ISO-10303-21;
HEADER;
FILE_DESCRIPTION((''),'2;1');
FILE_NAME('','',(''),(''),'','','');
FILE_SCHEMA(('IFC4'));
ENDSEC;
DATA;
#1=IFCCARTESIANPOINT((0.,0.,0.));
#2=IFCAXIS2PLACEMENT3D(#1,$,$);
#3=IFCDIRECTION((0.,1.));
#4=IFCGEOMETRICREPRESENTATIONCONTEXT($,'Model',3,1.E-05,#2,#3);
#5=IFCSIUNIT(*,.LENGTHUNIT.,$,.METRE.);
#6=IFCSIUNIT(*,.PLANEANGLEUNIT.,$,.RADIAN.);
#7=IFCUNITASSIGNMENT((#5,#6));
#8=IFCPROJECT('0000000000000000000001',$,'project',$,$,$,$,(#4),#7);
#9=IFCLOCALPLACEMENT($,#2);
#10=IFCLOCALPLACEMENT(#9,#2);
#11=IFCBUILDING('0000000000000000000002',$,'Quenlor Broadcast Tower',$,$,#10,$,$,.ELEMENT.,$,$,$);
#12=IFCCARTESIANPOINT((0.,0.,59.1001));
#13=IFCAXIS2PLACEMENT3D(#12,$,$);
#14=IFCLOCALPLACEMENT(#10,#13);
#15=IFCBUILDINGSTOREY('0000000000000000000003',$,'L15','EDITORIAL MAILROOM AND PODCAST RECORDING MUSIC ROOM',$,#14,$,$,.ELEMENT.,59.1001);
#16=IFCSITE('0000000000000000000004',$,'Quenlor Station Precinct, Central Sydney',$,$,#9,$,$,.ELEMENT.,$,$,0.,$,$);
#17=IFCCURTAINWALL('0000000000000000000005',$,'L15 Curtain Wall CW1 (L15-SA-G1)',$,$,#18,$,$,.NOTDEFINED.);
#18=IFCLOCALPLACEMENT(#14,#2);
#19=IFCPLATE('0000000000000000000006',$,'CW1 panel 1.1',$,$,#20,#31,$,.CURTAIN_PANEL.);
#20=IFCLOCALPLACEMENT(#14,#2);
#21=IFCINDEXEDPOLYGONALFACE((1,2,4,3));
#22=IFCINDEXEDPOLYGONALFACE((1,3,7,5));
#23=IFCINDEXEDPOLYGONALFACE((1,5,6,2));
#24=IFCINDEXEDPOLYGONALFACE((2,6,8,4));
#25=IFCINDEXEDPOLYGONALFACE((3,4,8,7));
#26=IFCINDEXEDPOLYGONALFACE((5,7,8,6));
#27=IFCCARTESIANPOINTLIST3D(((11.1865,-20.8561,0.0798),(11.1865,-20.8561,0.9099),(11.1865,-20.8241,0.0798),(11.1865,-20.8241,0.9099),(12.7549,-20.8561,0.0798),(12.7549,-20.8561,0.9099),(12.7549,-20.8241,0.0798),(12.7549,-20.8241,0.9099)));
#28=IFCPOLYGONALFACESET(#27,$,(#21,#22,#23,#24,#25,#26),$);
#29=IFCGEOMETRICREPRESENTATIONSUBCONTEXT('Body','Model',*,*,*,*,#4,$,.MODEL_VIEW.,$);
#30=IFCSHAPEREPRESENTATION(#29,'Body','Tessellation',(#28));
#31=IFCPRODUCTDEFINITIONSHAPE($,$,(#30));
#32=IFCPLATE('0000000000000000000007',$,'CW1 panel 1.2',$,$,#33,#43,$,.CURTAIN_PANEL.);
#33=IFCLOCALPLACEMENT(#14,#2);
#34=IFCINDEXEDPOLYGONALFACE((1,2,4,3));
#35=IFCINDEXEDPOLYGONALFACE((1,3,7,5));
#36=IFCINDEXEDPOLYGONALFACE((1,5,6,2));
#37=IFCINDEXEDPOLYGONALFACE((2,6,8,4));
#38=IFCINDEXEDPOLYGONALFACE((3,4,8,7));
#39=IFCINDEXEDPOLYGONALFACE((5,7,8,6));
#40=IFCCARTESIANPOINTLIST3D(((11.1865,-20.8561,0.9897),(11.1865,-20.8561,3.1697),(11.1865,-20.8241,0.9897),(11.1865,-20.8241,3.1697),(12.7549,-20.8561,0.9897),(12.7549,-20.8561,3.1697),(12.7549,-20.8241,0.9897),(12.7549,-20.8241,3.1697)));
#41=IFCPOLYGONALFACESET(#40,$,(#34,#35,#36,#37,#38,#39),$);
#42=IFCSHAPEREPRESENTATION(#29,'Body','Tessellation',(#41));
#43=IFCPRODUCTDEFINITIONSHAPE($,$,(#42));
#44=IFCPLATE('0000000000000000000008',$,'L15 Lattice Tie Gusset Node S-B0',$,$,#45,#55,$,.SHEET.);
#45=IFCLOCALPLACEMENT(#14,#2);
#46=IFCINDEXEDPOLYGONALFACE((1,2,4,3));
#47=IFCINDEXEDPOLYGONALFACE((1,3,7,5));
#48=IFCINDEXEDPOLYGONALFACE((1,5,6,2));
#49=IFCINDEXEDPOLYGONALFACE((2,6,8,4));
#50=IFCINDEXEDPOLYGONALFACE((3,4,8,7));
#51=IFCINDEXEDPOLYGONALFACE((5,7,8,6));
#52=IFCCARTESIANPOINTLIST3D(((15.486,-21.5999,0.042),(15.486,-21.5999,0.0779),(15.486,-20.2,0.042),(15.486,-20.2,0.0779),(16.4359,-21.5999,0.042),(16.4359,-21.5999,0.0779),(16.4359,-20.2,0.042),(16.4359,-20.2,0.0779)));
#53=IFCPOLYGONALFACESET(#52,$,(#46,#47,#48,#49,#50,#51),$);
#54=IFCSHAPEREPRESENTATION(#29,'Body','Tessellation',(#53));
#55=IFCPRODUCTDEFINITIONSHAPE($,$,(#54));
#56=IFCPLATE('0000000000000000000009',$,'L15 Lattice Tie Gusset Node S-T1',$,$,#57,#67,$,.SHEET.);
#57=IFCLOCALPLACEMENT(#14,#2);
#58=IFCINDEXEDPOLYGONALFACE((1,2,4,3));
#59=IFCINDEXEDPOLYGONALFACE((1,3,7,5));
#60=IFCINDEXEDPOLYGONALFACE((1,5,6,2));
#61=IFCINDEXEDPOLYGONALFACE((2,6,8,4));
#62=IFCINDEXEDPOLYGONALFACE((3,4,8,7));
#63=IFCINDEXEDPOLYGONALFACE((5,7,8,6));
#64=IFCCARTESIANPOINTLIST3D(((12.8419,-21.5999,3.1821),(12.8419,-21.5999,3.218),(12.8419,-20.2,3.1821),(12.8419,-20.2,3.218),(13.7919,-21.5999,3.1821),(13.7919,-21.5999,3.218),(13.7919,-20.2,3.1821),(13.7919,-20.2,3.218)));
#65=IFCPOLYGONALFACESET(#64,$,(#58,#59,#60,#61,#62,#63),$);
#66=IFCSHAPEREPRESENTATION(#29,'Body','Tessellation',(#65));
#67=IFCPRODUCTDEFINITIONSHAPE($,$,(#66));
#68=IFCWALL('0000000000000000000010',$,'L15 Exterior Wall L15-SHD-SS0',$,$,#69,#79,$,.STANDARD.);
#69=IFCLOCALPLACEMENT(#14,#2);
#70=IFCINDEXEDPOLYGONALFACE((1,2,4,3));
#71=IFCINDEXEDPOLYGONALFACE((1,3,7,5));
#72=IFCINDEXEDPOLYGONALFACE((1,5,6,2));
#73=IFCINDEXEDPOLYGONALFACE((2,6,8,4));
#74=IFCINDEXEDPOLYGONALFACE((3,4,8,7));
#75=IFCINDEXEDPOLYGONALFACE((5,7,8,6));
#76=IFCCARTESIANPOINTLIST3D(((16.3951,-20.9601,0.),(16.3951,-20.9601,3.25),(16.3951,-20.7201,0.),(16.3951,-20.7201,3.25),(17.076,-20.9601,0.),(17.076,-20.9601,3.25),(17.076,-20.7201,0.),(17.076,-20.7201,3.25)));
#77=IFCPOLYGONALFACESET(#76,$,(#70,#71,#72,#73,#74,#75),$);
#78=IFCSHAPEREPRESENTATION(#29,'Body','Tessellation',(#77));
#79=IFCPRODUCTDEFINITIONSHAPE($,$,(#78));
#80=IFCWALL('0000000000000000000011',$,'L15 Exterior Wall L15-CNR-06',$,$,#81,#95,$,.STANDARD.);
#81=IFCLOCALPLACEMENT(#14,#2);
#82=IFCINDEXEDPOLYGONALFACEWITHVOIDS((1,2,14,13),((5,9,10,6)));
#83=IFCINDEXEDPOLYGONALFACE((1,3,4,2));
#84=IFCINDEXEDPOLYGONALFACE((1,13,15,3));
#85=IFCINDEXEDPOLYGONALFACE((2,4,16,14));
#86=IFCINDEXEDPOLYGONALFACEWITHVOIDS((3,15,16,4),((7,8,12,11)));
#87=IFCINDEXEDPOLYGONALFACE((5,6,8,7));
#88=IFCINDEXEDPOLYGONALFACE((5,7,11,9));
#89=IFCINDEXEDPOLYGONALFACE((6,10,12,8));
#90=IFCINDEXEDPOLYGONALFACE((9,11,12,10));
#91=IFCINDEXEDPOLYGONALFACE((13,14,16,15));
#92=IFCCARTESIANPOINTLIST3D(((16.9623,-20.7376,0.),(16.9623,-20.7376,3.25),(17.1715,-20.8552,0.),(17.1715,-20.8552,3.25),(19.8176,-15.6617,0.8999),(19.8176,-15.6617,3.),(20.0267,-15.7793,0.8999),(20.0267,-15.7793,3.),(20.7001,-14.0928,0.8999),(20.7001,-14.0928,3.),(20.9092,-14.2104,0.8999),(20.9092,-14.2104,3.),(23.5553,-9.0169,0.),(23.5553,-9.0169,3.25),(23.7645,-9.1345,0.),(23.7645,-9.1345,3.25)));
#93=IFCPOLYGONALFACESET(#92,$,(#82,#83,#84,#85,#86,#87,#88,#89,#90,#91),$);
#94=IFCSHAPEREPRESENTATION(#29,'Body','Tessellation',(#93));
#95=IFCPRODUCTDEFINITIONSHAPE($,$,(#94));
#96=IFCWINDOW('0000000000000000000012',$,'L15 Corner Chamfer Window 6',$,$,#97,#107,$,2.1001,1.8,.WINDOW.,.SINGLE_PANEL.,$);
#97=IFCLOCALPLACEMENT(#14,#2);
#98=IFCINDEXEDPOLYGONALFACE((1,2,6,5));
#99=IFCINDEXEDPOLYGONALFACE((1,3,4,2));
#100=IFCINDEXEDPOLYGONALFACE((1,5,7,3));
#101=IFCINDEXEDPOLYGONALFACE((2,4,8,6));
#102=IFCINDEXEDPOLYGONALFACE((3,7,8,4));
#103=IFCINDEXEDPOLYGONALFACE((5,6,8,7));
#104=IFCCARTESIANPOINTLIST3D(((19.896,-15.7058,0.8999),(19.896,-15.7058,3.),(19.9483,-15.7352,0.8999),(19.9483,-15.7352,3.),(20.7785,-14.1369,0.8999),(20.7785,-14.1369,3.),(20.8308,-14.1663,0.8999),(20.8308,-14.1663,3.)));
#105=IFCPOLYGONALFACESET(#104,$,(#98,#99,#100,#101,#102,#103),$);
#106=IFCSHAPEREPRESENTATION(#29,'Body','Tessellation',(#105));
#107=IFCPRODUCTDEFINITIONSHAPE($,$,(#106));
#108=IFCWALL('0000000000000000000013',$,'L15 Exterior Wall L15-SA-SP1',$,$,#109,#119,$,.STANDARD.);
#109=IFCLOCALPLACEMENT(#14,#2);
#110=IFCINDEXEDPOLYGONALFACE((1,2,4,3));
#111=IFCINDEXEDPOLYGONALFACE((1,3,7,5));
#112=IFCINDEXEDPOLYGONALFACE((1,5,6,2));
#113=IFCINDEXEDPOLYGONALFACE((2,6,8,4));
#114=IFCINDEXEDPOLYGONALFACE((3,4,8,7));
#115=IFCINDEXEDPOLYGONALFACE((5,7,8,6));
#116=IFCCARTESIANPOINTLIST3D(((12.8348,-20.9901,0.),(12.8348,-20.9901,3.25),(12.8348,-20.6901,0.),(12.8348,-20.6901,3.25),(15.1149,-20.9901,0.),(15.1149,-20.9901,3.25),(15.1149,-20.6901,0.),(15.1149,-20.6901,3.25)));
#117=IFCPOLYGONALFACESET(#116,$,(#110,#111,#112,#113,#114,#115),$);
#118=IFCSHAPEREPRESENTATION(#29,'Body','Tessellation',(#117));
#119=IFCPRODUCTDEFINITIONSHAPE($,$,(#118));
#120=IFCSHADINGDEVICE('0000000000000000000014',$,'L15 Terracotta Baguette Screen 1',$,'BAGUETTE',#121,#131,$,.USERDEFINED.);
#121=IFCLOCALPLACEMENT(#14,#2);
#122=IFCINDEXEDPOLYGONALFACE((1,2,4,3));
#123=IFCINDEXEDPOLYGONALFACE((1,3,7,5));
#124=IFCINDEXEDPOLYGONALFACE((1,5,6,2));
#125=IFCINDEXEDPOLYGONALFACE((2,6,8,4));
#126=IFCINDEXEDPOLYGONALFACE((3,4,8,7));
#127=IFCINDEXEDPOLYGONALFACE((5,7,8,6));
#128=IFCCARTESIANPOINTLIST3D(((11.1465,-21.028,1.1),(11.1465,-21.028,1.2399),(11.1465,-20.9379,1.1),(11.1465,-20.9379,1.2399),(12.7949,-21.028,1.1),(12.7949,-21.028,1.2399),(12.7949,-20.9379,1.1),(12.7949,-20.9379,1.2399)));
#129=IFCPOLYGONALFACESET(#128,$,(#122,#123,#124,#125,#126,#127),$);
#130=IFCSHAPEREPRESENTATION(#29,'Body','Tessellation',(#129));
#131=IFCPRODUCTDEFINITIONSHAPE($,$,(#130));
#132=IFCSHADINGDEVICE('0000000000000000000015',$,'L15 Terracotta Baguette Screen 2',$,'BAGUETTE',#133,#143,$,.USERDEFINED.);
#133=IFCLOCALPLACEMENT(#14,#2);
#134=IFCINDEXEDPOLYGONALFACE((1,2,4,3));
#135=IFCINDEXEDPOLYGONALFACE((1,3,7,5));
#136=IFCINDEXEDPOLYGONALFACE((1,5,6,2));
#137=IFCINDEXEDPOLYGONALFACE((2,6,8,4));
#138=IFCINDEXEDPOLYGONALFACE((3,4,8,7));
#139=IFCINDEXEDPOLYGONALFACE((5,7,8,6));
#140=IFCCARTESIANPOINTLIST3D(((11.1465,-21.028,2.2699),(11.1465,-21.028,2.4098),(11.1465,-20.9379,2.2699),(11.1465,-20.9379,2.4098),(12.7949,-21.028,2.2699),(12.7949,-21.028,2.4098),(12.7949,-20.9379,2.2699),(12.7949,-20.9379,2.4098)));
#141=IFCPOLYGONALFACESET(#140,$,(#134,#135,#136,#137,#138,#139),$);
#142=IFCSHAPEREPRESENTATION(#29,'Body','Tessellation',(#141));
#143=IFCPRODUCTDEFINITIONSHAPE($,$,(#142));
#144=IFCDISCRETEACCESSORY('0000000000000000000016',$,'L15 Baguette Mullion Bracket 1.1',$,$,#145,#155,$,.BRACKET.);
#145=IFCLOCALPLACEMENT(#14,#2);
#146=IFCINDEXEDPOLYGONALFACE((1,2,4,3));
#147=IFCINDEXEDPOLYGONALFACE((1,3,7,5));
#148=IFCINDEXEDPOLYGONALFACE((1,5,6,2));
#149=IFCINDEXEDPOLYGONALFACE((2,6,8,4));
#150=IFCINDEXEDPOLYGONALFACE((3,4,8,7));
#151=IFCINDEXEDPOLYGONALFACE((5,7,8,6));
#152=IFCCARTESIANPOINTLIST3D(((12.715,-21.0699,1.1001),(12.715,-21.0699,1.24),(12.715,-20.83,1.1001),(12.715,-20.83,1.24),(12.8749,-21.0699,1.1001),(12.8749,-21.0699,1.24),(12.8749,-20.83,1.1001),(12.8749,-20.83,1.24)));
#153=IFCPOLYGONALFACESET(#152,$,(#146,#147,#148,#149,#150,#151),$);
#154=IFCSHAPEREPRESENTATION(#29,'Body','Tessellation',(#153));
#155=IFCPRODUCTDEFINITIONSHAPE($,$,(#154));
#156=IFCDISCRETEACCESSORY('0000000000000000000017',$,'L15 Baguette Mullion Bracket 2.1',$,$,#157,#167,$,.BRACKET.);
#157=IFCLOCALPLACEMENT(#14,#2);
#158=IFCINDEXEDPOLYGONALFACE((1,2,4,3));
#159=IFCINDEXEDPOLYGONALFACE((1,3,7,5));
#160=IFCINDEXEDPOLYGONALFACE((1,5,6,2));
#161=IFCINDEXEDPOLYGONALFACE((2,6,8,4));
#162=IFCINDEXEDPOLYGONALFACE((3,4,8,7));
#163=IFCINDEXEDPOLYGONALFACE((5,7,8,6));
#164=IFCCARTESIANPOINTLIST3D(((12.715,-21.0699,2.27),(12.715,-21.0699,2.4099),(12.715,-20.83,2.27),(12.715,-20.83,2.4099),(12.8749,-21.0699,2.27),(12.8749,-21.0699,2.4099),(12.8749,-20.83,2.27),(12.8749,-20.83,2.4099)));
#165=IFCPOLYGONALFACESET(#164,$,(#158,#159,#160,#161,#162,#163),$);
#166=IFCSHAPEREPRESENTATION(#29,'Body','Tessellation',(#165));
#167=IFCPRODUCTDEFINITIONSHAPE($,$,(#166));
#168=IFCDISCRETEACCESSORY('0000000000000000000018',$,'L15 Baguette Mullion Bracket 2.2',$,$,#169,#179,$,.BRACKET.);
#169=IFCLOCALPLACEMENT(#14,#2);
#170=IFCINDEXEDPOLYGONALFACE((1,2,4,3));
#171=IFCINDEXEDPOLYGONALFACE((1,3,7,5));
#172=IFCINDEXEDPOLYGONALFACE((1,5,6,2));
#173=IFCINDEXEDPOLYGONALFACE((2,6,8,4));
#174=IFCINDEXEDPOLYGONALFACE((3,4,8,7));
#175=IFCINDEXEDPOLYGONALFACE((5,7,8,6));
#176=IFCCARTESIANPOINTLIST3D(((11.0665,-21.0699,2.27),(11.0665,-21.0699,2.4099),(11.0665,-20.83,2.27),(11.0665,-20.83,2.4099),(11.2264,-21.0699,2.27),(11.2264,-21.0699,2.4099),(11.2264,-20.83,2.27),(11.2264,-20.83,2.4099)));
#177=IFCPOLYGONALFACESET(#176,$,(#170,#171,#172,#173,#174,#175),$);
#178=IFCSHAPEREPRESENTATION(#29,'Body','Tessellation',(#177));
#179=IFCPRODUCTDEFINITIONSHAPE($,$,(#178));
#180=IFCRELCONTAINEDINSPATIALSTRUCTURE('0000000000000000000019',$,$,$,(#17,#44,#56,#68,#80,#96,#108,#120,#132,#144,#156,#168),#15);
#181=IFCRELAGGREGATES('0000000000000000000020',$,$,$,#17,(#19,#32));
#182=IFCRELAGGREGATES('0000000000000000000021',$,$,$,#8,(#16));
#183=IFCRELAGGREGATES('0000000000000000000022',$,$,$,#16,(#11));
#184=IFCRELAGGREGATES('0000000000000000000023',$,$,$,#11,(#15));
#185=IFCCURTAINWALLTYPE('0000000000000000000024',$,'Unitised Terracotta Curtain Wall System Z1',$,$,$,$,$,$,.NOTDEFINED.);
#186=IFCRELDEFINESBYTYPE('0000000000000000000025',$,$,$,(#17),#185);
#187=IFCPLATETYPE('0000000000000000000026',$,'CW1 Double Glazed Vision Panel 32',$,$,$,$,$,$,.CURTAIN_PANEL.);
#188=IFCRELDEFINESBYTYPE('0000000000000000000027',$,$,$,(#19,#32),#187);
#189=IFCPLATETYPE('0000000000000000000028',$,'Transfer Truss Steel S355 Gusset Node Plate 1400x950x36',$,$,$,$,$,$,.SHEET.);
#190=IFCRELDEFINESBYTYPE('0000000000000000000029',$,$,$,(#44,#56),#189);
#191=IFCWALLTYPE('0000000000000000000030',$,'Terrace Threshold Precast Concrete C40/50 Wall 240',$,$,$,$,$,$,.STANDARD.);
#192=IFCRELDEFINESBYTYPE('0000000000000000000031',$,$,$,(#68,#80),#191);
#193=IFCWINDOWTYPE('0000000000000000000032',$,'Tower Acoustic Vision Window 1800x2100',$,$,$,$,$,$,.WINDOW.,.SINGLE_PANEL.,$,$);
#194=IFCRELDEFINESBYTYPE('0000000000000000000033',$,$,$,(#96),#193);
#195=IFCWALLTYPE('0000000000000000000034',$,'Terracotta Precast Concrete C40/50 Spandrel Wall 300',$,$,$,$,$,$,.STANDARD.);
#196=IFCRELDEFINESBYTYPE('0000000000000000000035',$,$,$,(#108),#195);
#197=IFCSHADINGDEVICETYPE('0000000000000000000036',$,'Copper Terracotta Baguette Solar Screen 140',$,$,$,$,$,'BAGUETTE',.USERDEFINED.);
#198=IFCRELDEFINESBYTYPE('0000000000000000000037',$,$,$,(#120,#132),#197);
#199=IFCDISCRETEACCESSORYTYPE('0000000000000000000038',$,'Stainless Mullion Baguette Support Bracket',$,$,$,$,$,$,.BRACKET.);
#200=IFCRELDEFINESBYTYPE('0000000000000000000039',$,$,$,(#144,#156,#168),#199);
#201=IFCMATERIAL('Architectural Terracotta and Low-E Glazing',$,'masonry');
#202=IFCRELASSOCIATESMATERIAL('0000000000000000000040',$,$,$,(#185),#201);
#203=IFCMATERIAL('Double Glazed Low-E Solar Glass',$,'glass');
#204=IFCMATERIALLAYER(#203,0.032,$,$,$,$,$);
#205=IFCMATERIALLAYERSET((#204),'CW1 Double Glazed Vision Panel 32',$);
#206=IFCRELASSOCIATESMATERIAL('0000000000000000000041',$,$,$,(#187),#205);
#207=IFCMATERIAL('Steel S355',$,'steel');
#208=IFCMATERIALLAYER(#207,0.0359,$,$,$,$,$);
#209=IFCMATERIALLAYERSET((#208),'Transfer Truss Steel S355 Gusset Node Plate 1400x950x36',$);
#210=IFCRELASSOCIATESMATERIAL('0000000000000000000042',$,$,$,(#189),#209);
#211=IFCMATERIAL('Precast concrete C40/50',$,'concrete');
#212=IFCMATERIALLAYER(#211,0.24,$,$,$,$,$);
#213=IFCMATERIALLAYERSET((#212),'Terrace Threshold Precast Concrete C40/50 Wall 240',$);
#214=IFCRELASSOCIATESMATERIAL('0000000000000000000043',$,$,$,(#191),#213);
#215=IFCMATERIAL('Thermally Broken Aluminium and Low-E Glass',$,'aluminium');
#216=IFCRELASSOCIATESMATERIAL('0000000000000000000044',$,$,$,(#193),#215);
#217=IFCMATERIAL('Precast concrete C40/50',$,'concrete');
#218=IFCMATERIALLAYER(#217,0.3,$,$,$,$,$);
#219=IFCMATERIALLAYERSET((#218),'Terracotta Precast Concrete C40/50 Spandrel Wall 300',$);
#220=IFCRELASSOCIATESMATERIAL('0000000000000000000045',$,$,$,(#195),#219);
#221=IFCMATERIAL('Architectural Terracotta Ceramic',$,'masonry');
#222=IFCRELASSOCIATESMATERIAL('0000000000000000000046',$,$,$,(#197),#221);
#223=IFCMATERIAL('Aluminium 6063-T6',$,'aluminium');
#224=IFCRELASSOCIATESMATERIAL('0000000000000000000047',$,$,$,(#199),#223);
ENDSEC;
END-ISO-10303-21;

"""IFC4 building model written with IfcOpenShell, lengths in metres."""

from ifc_helpers import new_model, si_unit, direction, frame, frame_2d, origin, origin_2d, place, context, subcontext, project, spatial, rectangle, extrude, material, layer, layer_set, material_profile, profile_set, type_object, element, fill, aggregate, save


model = new_model("IFC4")

# Units and contexts
model_context = context("Model", 3, precision=1e-05, world=origin(), true_north=direction((0.0, 1.0)))
body_context = subcontext(model_context, "Body", "Model", "MODEL_VIEW")
ifc_project = project(units=[si_unit("LENGTHUNIT", "METRE"), si_unit("PLANEANGLEUNIT", "RADIAN")], contexts=[model_context])

# Site, building, storey
site_placement = place(None, origin())
site = spatial("IfcSite", under=ifc_project, at=site_placement, Name="Quenlor Station Precinct, Central Sydney", CompositionType="ELEMENT", RefElevation=0.0)
building_placement = place(site_placement, origin())
building = spatial("IfcBuilding", under=site, at=building_placement, Name="Quenlor Broadcast Tower", CompositionType="ELEMENT")
storey_placement = place(building_placement, frame((0.0, 0.0, 59.1001)))
storey = spatial("IfcBuildingStorey", under=building, at=storey_placement, Name="L15", Description="EDITORIAL MAILROOM AND PODCAST RECORDING MUSIC ROOM", CompositionType="ELEMENT", Elevation=59.1001)

# Curtain wall
ifc_material_1 = material(Name="Architectural Terracotta and Low-E Glazing", Category="masonry")
curtain_wall_type = type_object("IfcCurtainWallType", Name="Unitised Terracotta Curtain Wall System Z1", PredefinedType="NOTDEFINED", material=ifc_material_1)
curtain_wall_placement = place(storey_placement, origin())
curtain_wall = element("IfcCurtainWall", 1, at=curtain_wall_placement, inside=storey, type_object=curtain_wall_type, Name="L15 Curtain Wall CW1 (L15-SA-G1)", PredefinedType="NOTDEFINED")

# Plates
ifc_material_2 = material(Name="Double Glazed Low-E Solar Glass", Category="glass")
ifc_layer_1 = layer(ifc_material_2, 0.032)
ifc_layer_set_1 = layer_set([ifc_layer_1], Name="CW1 Double Glazed Vision Panel 32")
plate_type_1 = type_object("IfcPlateType", Name="CW1 Double Glazed Vision Panel 32", PredefinedType="CURTAIN_PANEL", material=ifc_layer_set_1)
plate_1_placement = place(storey_placement, frame((11.9707, -20.8401, 0.0798), z_axis=(0.0, 0.0, 1.0), x_axis=(-1.0, 0.0, 0.0)))
plate_1 = element("IfcPlate", 2, at=plate_1_placement, type_object=plate_type_1, Name="CW1 panel 1.1", PredefinedType="CURTAIN_PANEL", context=body_context, shape_type="SweptSolid", body=[
    extrude(rectangle(XDim=1.5684, YDim=0.032, at=origin_2d()), origin(), (0.0, 0.0, 1.0), 0.8301),
])
plate_2_placement = place(storey_placement, frame((11.9707, -20.8401, 0.9897), z_axis=(0.0, 0.0, 1.0), x_axis=(-1.0, 0.0, 0.0)))
plate_2 = element("IfcPlate", 3, at=plate_2_placement, type_object=plate_type_1, Name="CW1 panel 1.2", PredefinedType="CURTAIN_PANEL", context=body_context, shape_type="SweptSolid", body=[
    extrude(rectangle(XDim=1.5684, YDim=0.032, at=origin_2d()), origin(), (0.0, 0.0, 1.0), 2.1799),
])
aggregate(curtain_wall, [plate_1, plate_2])

# Plates
ifc_material_3 = material(Name="Steel S355", Category="steel")
ifc_layer_2 = layer(ifc_material_3, 0.0359)
ifc_layer_set_2 = layer_set([ifc_layer_2], Name="Transfer Truss Steel S355 Gusset Node Plate 1400x950x36")
plate_type_2 = type_object("IfcPlateType", Name="Transfer Truss Steel S355 Gusset Node Plate 1400x950x36", PredefinedType="SHEET", material=ifc_layer_set_2)
for number, where, z_axis, x_axis, name in (
    (4, (15.9609, -20.8999, 0.042), (0.0, 0.0, 1.0), (0.0, -1.0, 0.0), "L15 Lattice Tie Gusset Node S-B0"),
    (5, (13.3169, -20.8999, 3.1821), (0.0, 0.0, 1.0), (0.0, -1.0, 0.0), "L15 Lattice Tie Gusset Node S-T1"),
):
    element("IfcPlate", number, at=place(storey_placement, frame(where, z_axis=z_axis, x_axis=x_axis)), inside=storey, type_object=plate_type_2, Name=name, PredefinedType="SHEET", context=body_context, shape_type="SweptSolid", body=[
        extrude(rectangle(XDim=1.3999, YDim=0.95, at=origin_2d()), origin(), (0.0, 0.0, 1.0), 0.0359),
    ])

# Wall
ifc_material_4 = material(Name="Precast concrete C40/50", Category="concrete")
ifc_layer_3 = layer(ifc_material_4, 0.24)
ifc_layer_set_3 = layer_set([ifc_layer_3], Name="Terrace Threshold Precast Concrete C40/50 Wall 240")
wall_type_1 = type_object("IfcWallType", Name="Terrace Threshold Precast Concrete C40/50 Wall 240", PredefinedType="STANDARD", material=ifc_layer_set_3)
wall_1_placement = place(storey_placement, frame((17.0759, -20.8401, 0.0), z_axis=(0.0, 0.0, 1.0), x_axis=(-1.0, 0.0, 0.0)))
element("IfcWall", 6, at=wall_1_placement, inside=storey, type_object=wall_type_1, Name="L15 Exterior Wall L15-SHD-SS0", PredefinedType="STANDARD", context=body_context, shape_type="SweptSolid", body=[
    extrude(rectangle(XDim=0.6809, YDim=0.24, at=frame_2d((0.3403, 0.0))), origin(), (0.0, 0.0, 1.0), 3.25),
])

# Wall, opening, window
wall_2_placement = place(storey_placement, frame((17.0669, -20.7964, 0.0), z_axis=(0.0, 0.0, 1.0), x_axis=(0.490268, 0.871572, 0.0)))
wall_2 = element("IfcWall", 7, at=wall_2_placement, inside=storey, type_object=wall_type_1, Name="L15 Exterior Wall L15-CNR-06", PredefinedType="STANDARD", context=body_context, shape_type="SweptSolid", body=[
    extrude(rectangle(XDim=13.4478, YDim=0.24, at=frame_2d((6.7239, 0.0))), origin(), (0.0, 0.0, 1.0), 3.25),
])
opening_placement = place(wall_2_placement, frame((5.824, 0.0, 0.8999)))
opening = element("IfcOpeningElement", 8, at=opening_placement, cuts=wall_2, PredefinedType="OPENING", context=body_context, shape_type="SweptSolid", body=[
    extrude(rectangle(XDim=1.8, YDim=2.1001, at=frame_2d((0.8999, 1.05))), frame((0.0, 0.1299, 0.0), z_axis=(0.0, -1.0, 0.0), x_axis=(1.0, 0.0, 0.0)), (0.0, 0.0, 1.0), 0.26),
])
ifc_material_5 = material(Name="Thermally Broken Aluminium and Low-E Glass", Category="aluminium")
window_type = type_object("IfcWindowType", Name="Tower Acoustic Vision Window 1800x2100", PartitioningType="SINGLE_PANEL", PredefinedType="WINDOW", material=ifc_material_5)
window_placement = place(opening_placement, origin())
window = element("IfcWindow", 9, at=window_placement, inside=storey, type_object=window_type, Name="L15 Corner Chamfer Window 6", OverallHeight=2.1001, OverallWidth=1.8, PartitioningType="SINGLE_PANEL", PredefinedType="WINDOW", context=body_context, shape_type="SweptSolid", body=[
    extrude(rectangle(XDim=1.8, YDim=2.1001, at=frame_2d((0.8999, 1.05))), frame((0.0, 0.03, 0.0), z_axis=(0.0, -1.0, 0.0), x_axis=(1.0, 0.0, 0.0)), (0.0, 0.0, 1.0), 0.0601),
])
fill(opening, window)

# Wall
ifc_material_6 = material(Name="Precast concrete C40/50", Category="concrete")
ifc_layer_4 = layer(ifc_material_6, 0.3)
ifc_layer_set_4 = layer_set([ifc_layer_4], Name="Terracotta Precast Concrete C40/50 Spandrel Wall 300")
wall_type_2 = type_object("IfcWallType", Name="Terracotta Precast Concrete C40/50 Spandrel Wall 300", PredefinedType="STANDARD", material=ifc_layer_set_4)
wall_3_placement = place(storey_placement, frame((15.115, -20.8401, 0.0), z_axis=(0.0, 0.0, 1.0), x_axis=(-1.0, 0.0, 0.0)))
element("IfcWall", 10, at=wall_3_placement, inside=storey, type_object=wall_type_2, Name="L15 Exterior Wall L15-SA-SP1", PredefinedType="STANDARD", context=body_context, shape_type="SweptSolid", body=[
    extrude(rectangle(XDim=2.28, YDim=0.3, at=frame_2d((1.1401, 0.0))), origin(), (0.0, 0.0, 1.0), 3.25),
])

# Shading devices
ifc_material_7 = material(Name="Architectural Terracotta Ceramic", Category="masonry")
ifc_material_profile_1 = material_profile(ifc_material_7, rectangle(XDim=0.0901, YDim=0.1399, at=origin_2d()))
ifc_profile_set_1 = profile_set([ifc_material_profile_1], Name="Architectural Terracotta Ceramic BAG90x140")
shading_device_type = type_object("IfcShadingDeviceType", Name="Copper Terracotta Baguette Solar Screen 140", ElementType="BAGUETTE", PredefinedType="USERDEFINED", material=ifc_profile_set_1)
for number, where, z_axis, x_axis, name in (
    (11, (12.7949, -20.9829, 1.1699), (-1.0, 0.0, 0.0), (0.0, -1.0, 0.0), "L15 Terracotta Baguette Screen 1"),
    (12, (12.7949, -20.9829, 2.3398), (-1.0, 0.0, 0.0), (0.0, -1.0, 0.0), "L15 Terracotta Baguette Screen 2"),
):
    element("IfcShadingDevice", number, at=place(storey_placement, frame(where, z_axis=z_axis, x_axis=x_axis)), inside=storey, type_object=shading_device_type, Name=name, ObjectType="BAGUETTE", PredefinedType="USERDEFINED", context=body_context, shape_type="SweptSolid", body=[
        extrude(rectangle(XDim=0.0901, YDim=0.1399, at=origin_2d()), origin(), (0.0, 0.0, 1.0), 1.6484),
    ])

# Discrete accessories
ifc_material_8 = material(Name="Aluminium 6063-T6", Category="aluminium")
discrete_accessory_type = type_object("IfcDiscreteAccessoryType", Name="Stainless Mullion Baguette Support Bracket", PredefinedType="BRACKET", material=ifc_material_8)
for number, where, z_axis, x_axis, name in (
    (13, (12.7949, -20.95, 1.1001), (0.0, 0.0, 1.0), (-1.0, 0.0, 0.0), "L15 Baguette Mullion Bracket 1.1"),
    (14, (12.7949, -20.95, 2.27), (0.0, 0.0, 1.0), (-1.0, 0.0, 0.0), "L15 Baguette Mullion Bracket 2.1"),
    (15, (11.1465, -20.95, 2.27), (0.0, 0.0, 1.0), (-1.0, 0.0, 0.0), "L15 Baguette Mullion Bracket 2.2"),
):
    element("IfcDiscreteAccessory", number, at=place(storey_placement, frame(where, z_axis=z_axis, x_axis=x_axis)), inside=storey, type_object=discrete_accessory_type, Name=name, PredefinedType="BRACKET", context=body_context, shape_type="SweptSolid", body=[
        extrude(rectangle(XDim=0.1599, YDim=0.24, at=origin_2d()), origin(), (0.0, 0.0, 1.0), 0.1399),
    ])

save(model, "model.ifc")
